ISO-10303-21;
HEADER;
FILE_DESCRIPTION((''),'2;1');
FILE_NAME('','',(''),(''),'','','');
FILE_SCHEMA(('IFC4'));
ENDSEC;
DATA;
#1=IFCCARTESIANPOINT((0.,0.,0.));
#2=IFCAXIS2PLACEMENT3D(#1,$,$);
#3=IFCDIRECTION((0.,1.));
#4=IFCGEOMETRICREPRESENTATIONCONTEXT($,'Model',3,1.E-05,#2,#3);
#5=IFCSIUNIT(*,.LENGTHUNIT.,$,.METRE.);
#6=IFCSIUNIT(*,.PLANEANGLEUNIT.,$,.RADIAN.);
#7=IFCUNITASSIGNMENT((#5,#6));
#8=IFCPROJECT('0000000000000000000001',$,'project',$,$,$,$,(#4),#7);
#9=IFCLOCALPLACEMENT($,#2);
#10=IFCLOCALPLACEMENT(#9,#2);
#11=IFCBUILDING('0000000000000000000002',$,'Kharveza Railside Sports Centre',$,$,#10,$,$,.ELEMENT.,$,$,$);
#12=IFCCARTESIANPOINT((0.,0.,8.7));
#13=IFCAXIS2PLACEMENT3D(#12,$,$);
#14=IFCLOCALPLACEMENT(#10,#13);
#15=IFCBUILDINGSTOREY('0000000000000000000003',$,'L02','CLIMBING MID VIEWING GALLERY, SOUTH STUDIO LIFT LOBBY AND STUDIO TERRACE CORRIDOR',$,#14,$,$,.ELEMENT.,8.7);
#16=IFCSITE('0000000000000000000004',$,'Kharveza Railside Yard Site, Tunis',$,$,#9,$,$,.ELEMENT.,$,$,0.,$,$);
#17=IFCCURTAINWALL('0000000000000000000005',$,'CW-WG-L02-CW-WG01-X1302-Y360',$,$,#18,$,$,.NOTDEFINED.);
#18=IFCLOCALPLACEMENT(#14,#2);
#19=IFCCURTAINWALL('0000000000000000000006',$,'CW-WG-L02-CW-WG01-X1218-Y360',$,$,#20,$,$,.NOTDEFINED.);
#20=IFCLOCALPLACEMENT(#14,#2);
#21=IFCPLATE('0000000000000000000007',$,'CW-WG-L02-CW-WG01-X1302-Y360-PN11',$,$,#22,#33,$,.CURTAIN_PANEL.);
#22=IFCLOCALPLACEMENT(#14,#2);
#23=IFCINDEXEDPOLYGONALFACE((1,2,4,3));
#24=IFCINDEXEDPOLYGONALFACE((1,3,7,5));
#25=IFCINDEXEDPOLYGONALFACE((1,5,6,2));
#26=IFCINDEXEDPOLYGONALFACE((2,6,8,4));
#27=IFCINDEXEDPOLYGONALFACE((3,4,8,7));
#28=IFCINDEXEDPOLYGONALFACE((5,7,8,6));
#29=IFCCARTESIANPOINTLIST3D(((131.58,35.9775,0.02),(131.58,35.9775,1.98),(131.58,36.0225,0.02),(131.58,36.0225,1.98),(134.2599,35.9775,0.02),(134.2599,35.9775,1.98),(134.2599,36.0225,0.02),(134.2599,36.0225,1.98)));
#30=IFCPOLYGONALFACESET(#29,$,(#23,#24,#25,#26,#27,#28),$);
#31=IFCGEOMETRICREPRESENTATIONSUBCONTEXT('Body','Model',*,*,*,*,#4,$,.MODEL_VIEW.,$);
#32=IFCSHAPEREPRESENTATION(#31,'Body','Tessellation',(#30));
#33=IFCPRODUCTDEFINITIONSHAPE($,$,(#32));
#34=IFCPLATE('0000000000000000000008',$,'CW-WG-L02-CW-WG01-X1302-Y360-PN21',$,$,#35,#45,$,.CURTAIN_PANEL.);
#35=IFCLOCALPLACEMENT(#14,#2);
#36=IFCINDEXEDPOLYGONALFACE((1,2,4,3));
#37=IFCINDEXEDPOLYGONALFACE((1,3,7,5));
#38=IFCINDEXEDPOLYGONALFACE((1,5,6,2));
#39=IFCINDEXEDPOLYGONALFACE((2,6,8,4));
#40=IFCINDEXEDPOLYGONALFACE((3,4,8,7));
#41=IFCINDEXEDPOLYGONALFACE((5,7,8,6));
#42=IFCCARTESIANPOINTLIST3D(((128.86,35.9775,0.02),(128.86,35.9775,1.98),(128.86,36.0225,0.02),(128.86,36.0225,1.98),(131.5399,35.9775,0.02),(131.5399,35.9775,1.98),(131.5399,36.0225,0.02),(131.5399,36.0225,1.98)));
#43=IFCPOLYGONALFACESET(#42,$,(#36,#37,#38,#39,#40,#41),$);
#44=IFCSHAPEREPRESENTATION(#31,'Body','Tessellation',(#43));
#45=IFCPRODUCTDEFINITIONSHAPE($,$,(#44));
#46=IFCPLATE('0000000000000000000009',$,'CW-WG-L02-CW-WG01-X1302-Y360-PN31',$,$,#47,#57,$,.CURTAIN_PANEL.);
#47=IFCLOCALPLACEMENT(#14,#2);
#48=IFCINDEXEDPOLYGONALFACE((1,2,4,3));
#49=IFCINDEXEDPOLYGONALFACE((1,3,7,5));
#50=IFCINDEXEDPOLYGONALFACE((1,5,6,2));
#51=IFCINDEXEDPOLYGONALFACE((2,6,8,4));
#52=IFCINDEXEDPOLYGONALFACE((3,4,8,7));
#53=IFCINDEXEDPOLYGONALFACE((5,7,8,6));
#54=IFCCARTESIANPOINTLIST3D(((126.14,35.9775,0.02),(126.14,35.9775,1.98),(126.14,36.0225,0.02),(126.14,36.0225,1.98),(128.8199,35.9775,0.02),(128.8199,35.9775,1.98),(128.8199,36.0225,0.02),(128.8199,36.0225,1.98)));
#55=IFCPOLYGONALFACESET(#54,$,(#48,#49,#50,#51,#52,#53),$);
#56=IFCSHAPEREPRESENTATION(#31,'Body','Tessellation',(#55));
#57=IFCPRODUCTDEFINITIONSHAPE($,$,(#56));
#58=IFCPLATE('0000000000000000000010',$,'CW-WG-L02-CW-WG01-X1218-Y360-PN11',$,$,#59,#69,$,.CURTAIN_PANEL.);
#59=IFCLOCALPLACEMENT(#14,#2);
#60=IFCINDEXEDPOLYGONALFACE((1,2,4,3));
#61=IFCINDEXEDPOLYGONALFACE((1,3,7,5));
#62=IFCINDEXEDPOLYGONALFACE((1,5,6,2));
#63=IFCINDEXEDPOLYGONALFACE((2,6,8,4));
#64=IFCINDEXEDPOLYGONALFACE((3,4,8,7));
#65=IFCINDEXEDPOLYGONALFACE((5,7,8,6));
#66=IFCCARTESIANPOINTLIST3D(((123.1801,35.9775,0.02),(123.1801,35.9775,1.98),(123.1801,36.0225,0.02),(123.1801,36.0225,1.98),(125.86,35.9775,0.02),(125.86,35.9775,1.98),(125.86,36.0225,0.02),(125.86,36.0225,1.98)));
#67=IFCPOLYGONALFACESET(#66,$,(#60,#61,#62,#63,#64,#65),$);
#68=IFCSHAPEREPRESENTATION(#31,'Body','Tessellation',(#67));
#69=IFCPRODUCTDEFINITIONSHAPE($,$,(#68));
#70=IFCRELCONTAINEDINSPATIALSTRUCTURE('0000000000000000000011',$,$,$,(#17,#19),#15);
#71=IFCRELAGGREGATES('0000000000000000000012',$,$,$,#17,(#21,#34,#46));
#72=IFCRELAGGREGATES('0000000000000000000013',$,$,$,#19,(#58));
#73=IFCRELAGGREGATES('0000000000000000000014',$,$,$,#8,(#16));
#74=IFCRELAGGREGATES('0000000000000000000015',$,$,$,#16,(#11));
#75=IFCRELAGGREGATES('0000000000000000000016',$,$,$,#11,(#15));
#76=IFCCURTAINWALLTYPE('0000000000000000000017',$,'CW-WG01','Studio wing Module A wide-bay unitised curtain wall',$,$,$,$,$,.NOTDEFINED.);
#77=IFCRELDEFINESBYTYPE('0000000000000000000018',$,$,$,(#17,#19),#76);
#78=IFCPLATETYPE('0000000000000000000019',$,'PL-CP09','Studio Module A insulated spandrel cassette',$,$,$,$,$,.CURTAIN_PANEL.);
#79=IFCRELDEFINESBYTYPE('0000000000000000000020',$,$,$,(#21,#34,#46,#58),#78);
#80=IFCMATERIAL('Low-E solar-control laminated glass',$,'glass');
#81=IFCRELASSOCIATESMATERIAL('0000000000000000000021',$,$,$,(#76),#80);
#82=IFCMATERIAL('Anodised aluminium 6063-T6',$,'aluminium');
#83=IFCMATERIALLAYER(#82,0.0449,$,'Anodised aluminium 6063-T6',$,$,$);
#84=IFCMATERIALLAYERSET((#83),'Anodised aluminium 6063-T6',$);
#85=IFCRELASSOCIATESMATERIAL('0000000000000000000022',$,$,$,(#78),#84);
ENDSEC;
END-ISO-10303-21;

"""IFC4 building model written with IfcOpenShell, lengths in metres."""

from ifc_helpers import new_model, si_unit, direction, frame, origin, origin_2d, place, context, subcontext, project, spatial, rectangle, extrude, material, layer, layer_set, type_object, element, aggregate, save


model = new_model("IFC4")

# Units and contexts
model_context = context("Model", 3, precision=1e-05, world=origin(), true_north=direction((0.0, 1.0)))
body_context = subcontext(model_context, "Body", "Model", "MODEL_VIEW")
ifc_project = project(units=[si_unit("LENGTHUNIT", "METRE"), si_unit("PLANEANGLEUNIT", "RADIAN")], contexts=[model_context])

# Site, building, storey
site_placement = place(None, origin())
site = spatial("IfcSite", under=ifc_project, at=site_placement, Name="Kharveza Railside Yard Site, Tunis", CompositionType="ELEMENT", RefElevation=0.0)
building_placement = place(site_placement, origin())
building = spatial("IfcBuilding", under=site, at=building_placement, Name="Kharveza Railside Sports Centre", CompositionType="ELEMENT")
storey_placement = place(building_placement, frame((0.0, 0.0, 8.7)))
storey = spatial("IfcBuildingStorey", under=building, at=storey_placement, Name="L02", Description="CLIMBING MID VIEWING GALLERY, SOUTH STUDIO LIFT LOBBY AND STUDIO TERRACE CORRIDOR", CompositionType="ELEMENT", Elevation=8.7)

# Curtain wall
ifc_material_1 = material(Name="Low-E solar-control laminated glass", Category="glass")
curtain_wall_type = type_object("IfcCurtainWallType", Name="CW-WG01", Description="Studio wing Module A wide-bay unitised curtain wall", PredefinedType="NOTDEFINED", material=ifc_material_1)
curtain_wall_1_placement = place(storey_placement, origin())
curtain_wall_1 = element("IfcCurtainWall", 1, at=curtain_wall_1_placement, inside=storey, type_object=curtain_wall_type, Name="CW-WG-L02-CW-WG01-X1302-Y360", PredefinedType="NOTDEFINED")
ifc_material_2 = material(Name="Anodised aluminium 6063-T6", Category="aluminium")

# Curtain wall
curtain_wall_2_placement = place(storey_placement, origin())
curtain_wall_2 = element("IfcCurtainWall", 2, at=curtain_wall_2_placement, inside=storey, type_object=curtain_wall_type, Name="CW-WG-L02-CW-WG01-X1218-Y360", PredefinedType="NOTDEFINED")

# Plates
ifc_layer_1 = layer(ifc_material_2, 0.0449, Name="Anodised aluminium 6063-T6")
ifc_layer_set_1 = layer_set([ifc_layer_1], Name="Anodised aluminium 6063-T6")
plate_type_1 = type_object("IfcPlateType", Name="PL-CP09", Description="Studio Module A insulated spandrel cassette", PredefinedType="CURTAIN_PANEL", material=ifc_layer_set_1)
plate_1_placement = place(storey_placement, frame((132.9199, 36.0, 0.02), z_axis=(0.0, 0.0, 1.0), x_axis=(-1.0, 0.0, 0.0)))
plate_1 = element("IfcPlate", 3, at=plate_1_placement, type_object=plate_type_1, Name="CW-WG-L02-CW-WG01-X1302-Y360-PN11", PredefinedType="CURTAIN_PANEL", context=body_context, shape_type="SweptSolid", body=[
    extrude(rectangle(XDim=2.6799, YDim=0.0449, at=origin_2d()), origin(), (0.0, 0.0, 1.0), 1.96),
])
plate_2_placement = place(storey_placement, frame((130.2, 36.0, 0.02), z_axis=(0.0, 0.0, 1.0), x_axis=(-1.0, 0.0, 0.0)))
plate_2 = element("IfcPlate", 4, at=plate_2_placement, type_object=plate_type_1, Name="CW-WG-L02-CW-WG01-X1302-Y360-PN21", PredefinedType="CURTAIN_PANEL", context=body_context, shape_type="SweptSolid", body=[
    extrude(rectangle(XDim=2.6799, YDim=0.0449, at=origin_2d()), origin(), (0.0, 0.0, 1.0), 1.96),
])
plate_3_placement = place(storey_placement, frame((127.48, 36.0, 0.02), z_axis=(0.0, 0.0, 1.0), x_axis=(-1.0, 0.0, 0.0)))
plate_3 = element("IfcPlate", 5, at=plate_3_placement, type_object=plate_type_1, Name="CW-WG-L02-CW-WG01-X1302-Y360-PN31", PredefinedType="CURTAIN_PANEL", context=body_context, shape_type="SweptSolid", body=[
    extrude(rectangle(XDim=2.6799, YDim=0.0449, at=origin_2d()), origin(), (0.0, 0.0, 1.0), 1.96),
])
aggregate(curtain_wall_1, [plate_1, plate_2, plate_3])
plate_4_placement = place(storey_placement, frame((124.52, 36.0, 0.02), z_axis=(0.0, 0.0, 1.0), x_axis=(-1.0, 0.0, 0.0)))
plate_4 = element("IfcPlate", 6, at=plate_4_placement, type_object=plate_type_1, Name="CW-WG-L02-CW-WG01-X1218-Y360-PN11", PredefinedType="CURTAIN_PANEL", context=body_context, shape_type="SweptSolid", body=[
    extrude(rectangle(XDim=2.6799, YDim=0.0449, at=origin_2d()), origin(), (0.0, 0.0, 1.0), 1.96),
])
aggregate(curtain_wall_2, [plate_4])

save(model, "model.ifc")
